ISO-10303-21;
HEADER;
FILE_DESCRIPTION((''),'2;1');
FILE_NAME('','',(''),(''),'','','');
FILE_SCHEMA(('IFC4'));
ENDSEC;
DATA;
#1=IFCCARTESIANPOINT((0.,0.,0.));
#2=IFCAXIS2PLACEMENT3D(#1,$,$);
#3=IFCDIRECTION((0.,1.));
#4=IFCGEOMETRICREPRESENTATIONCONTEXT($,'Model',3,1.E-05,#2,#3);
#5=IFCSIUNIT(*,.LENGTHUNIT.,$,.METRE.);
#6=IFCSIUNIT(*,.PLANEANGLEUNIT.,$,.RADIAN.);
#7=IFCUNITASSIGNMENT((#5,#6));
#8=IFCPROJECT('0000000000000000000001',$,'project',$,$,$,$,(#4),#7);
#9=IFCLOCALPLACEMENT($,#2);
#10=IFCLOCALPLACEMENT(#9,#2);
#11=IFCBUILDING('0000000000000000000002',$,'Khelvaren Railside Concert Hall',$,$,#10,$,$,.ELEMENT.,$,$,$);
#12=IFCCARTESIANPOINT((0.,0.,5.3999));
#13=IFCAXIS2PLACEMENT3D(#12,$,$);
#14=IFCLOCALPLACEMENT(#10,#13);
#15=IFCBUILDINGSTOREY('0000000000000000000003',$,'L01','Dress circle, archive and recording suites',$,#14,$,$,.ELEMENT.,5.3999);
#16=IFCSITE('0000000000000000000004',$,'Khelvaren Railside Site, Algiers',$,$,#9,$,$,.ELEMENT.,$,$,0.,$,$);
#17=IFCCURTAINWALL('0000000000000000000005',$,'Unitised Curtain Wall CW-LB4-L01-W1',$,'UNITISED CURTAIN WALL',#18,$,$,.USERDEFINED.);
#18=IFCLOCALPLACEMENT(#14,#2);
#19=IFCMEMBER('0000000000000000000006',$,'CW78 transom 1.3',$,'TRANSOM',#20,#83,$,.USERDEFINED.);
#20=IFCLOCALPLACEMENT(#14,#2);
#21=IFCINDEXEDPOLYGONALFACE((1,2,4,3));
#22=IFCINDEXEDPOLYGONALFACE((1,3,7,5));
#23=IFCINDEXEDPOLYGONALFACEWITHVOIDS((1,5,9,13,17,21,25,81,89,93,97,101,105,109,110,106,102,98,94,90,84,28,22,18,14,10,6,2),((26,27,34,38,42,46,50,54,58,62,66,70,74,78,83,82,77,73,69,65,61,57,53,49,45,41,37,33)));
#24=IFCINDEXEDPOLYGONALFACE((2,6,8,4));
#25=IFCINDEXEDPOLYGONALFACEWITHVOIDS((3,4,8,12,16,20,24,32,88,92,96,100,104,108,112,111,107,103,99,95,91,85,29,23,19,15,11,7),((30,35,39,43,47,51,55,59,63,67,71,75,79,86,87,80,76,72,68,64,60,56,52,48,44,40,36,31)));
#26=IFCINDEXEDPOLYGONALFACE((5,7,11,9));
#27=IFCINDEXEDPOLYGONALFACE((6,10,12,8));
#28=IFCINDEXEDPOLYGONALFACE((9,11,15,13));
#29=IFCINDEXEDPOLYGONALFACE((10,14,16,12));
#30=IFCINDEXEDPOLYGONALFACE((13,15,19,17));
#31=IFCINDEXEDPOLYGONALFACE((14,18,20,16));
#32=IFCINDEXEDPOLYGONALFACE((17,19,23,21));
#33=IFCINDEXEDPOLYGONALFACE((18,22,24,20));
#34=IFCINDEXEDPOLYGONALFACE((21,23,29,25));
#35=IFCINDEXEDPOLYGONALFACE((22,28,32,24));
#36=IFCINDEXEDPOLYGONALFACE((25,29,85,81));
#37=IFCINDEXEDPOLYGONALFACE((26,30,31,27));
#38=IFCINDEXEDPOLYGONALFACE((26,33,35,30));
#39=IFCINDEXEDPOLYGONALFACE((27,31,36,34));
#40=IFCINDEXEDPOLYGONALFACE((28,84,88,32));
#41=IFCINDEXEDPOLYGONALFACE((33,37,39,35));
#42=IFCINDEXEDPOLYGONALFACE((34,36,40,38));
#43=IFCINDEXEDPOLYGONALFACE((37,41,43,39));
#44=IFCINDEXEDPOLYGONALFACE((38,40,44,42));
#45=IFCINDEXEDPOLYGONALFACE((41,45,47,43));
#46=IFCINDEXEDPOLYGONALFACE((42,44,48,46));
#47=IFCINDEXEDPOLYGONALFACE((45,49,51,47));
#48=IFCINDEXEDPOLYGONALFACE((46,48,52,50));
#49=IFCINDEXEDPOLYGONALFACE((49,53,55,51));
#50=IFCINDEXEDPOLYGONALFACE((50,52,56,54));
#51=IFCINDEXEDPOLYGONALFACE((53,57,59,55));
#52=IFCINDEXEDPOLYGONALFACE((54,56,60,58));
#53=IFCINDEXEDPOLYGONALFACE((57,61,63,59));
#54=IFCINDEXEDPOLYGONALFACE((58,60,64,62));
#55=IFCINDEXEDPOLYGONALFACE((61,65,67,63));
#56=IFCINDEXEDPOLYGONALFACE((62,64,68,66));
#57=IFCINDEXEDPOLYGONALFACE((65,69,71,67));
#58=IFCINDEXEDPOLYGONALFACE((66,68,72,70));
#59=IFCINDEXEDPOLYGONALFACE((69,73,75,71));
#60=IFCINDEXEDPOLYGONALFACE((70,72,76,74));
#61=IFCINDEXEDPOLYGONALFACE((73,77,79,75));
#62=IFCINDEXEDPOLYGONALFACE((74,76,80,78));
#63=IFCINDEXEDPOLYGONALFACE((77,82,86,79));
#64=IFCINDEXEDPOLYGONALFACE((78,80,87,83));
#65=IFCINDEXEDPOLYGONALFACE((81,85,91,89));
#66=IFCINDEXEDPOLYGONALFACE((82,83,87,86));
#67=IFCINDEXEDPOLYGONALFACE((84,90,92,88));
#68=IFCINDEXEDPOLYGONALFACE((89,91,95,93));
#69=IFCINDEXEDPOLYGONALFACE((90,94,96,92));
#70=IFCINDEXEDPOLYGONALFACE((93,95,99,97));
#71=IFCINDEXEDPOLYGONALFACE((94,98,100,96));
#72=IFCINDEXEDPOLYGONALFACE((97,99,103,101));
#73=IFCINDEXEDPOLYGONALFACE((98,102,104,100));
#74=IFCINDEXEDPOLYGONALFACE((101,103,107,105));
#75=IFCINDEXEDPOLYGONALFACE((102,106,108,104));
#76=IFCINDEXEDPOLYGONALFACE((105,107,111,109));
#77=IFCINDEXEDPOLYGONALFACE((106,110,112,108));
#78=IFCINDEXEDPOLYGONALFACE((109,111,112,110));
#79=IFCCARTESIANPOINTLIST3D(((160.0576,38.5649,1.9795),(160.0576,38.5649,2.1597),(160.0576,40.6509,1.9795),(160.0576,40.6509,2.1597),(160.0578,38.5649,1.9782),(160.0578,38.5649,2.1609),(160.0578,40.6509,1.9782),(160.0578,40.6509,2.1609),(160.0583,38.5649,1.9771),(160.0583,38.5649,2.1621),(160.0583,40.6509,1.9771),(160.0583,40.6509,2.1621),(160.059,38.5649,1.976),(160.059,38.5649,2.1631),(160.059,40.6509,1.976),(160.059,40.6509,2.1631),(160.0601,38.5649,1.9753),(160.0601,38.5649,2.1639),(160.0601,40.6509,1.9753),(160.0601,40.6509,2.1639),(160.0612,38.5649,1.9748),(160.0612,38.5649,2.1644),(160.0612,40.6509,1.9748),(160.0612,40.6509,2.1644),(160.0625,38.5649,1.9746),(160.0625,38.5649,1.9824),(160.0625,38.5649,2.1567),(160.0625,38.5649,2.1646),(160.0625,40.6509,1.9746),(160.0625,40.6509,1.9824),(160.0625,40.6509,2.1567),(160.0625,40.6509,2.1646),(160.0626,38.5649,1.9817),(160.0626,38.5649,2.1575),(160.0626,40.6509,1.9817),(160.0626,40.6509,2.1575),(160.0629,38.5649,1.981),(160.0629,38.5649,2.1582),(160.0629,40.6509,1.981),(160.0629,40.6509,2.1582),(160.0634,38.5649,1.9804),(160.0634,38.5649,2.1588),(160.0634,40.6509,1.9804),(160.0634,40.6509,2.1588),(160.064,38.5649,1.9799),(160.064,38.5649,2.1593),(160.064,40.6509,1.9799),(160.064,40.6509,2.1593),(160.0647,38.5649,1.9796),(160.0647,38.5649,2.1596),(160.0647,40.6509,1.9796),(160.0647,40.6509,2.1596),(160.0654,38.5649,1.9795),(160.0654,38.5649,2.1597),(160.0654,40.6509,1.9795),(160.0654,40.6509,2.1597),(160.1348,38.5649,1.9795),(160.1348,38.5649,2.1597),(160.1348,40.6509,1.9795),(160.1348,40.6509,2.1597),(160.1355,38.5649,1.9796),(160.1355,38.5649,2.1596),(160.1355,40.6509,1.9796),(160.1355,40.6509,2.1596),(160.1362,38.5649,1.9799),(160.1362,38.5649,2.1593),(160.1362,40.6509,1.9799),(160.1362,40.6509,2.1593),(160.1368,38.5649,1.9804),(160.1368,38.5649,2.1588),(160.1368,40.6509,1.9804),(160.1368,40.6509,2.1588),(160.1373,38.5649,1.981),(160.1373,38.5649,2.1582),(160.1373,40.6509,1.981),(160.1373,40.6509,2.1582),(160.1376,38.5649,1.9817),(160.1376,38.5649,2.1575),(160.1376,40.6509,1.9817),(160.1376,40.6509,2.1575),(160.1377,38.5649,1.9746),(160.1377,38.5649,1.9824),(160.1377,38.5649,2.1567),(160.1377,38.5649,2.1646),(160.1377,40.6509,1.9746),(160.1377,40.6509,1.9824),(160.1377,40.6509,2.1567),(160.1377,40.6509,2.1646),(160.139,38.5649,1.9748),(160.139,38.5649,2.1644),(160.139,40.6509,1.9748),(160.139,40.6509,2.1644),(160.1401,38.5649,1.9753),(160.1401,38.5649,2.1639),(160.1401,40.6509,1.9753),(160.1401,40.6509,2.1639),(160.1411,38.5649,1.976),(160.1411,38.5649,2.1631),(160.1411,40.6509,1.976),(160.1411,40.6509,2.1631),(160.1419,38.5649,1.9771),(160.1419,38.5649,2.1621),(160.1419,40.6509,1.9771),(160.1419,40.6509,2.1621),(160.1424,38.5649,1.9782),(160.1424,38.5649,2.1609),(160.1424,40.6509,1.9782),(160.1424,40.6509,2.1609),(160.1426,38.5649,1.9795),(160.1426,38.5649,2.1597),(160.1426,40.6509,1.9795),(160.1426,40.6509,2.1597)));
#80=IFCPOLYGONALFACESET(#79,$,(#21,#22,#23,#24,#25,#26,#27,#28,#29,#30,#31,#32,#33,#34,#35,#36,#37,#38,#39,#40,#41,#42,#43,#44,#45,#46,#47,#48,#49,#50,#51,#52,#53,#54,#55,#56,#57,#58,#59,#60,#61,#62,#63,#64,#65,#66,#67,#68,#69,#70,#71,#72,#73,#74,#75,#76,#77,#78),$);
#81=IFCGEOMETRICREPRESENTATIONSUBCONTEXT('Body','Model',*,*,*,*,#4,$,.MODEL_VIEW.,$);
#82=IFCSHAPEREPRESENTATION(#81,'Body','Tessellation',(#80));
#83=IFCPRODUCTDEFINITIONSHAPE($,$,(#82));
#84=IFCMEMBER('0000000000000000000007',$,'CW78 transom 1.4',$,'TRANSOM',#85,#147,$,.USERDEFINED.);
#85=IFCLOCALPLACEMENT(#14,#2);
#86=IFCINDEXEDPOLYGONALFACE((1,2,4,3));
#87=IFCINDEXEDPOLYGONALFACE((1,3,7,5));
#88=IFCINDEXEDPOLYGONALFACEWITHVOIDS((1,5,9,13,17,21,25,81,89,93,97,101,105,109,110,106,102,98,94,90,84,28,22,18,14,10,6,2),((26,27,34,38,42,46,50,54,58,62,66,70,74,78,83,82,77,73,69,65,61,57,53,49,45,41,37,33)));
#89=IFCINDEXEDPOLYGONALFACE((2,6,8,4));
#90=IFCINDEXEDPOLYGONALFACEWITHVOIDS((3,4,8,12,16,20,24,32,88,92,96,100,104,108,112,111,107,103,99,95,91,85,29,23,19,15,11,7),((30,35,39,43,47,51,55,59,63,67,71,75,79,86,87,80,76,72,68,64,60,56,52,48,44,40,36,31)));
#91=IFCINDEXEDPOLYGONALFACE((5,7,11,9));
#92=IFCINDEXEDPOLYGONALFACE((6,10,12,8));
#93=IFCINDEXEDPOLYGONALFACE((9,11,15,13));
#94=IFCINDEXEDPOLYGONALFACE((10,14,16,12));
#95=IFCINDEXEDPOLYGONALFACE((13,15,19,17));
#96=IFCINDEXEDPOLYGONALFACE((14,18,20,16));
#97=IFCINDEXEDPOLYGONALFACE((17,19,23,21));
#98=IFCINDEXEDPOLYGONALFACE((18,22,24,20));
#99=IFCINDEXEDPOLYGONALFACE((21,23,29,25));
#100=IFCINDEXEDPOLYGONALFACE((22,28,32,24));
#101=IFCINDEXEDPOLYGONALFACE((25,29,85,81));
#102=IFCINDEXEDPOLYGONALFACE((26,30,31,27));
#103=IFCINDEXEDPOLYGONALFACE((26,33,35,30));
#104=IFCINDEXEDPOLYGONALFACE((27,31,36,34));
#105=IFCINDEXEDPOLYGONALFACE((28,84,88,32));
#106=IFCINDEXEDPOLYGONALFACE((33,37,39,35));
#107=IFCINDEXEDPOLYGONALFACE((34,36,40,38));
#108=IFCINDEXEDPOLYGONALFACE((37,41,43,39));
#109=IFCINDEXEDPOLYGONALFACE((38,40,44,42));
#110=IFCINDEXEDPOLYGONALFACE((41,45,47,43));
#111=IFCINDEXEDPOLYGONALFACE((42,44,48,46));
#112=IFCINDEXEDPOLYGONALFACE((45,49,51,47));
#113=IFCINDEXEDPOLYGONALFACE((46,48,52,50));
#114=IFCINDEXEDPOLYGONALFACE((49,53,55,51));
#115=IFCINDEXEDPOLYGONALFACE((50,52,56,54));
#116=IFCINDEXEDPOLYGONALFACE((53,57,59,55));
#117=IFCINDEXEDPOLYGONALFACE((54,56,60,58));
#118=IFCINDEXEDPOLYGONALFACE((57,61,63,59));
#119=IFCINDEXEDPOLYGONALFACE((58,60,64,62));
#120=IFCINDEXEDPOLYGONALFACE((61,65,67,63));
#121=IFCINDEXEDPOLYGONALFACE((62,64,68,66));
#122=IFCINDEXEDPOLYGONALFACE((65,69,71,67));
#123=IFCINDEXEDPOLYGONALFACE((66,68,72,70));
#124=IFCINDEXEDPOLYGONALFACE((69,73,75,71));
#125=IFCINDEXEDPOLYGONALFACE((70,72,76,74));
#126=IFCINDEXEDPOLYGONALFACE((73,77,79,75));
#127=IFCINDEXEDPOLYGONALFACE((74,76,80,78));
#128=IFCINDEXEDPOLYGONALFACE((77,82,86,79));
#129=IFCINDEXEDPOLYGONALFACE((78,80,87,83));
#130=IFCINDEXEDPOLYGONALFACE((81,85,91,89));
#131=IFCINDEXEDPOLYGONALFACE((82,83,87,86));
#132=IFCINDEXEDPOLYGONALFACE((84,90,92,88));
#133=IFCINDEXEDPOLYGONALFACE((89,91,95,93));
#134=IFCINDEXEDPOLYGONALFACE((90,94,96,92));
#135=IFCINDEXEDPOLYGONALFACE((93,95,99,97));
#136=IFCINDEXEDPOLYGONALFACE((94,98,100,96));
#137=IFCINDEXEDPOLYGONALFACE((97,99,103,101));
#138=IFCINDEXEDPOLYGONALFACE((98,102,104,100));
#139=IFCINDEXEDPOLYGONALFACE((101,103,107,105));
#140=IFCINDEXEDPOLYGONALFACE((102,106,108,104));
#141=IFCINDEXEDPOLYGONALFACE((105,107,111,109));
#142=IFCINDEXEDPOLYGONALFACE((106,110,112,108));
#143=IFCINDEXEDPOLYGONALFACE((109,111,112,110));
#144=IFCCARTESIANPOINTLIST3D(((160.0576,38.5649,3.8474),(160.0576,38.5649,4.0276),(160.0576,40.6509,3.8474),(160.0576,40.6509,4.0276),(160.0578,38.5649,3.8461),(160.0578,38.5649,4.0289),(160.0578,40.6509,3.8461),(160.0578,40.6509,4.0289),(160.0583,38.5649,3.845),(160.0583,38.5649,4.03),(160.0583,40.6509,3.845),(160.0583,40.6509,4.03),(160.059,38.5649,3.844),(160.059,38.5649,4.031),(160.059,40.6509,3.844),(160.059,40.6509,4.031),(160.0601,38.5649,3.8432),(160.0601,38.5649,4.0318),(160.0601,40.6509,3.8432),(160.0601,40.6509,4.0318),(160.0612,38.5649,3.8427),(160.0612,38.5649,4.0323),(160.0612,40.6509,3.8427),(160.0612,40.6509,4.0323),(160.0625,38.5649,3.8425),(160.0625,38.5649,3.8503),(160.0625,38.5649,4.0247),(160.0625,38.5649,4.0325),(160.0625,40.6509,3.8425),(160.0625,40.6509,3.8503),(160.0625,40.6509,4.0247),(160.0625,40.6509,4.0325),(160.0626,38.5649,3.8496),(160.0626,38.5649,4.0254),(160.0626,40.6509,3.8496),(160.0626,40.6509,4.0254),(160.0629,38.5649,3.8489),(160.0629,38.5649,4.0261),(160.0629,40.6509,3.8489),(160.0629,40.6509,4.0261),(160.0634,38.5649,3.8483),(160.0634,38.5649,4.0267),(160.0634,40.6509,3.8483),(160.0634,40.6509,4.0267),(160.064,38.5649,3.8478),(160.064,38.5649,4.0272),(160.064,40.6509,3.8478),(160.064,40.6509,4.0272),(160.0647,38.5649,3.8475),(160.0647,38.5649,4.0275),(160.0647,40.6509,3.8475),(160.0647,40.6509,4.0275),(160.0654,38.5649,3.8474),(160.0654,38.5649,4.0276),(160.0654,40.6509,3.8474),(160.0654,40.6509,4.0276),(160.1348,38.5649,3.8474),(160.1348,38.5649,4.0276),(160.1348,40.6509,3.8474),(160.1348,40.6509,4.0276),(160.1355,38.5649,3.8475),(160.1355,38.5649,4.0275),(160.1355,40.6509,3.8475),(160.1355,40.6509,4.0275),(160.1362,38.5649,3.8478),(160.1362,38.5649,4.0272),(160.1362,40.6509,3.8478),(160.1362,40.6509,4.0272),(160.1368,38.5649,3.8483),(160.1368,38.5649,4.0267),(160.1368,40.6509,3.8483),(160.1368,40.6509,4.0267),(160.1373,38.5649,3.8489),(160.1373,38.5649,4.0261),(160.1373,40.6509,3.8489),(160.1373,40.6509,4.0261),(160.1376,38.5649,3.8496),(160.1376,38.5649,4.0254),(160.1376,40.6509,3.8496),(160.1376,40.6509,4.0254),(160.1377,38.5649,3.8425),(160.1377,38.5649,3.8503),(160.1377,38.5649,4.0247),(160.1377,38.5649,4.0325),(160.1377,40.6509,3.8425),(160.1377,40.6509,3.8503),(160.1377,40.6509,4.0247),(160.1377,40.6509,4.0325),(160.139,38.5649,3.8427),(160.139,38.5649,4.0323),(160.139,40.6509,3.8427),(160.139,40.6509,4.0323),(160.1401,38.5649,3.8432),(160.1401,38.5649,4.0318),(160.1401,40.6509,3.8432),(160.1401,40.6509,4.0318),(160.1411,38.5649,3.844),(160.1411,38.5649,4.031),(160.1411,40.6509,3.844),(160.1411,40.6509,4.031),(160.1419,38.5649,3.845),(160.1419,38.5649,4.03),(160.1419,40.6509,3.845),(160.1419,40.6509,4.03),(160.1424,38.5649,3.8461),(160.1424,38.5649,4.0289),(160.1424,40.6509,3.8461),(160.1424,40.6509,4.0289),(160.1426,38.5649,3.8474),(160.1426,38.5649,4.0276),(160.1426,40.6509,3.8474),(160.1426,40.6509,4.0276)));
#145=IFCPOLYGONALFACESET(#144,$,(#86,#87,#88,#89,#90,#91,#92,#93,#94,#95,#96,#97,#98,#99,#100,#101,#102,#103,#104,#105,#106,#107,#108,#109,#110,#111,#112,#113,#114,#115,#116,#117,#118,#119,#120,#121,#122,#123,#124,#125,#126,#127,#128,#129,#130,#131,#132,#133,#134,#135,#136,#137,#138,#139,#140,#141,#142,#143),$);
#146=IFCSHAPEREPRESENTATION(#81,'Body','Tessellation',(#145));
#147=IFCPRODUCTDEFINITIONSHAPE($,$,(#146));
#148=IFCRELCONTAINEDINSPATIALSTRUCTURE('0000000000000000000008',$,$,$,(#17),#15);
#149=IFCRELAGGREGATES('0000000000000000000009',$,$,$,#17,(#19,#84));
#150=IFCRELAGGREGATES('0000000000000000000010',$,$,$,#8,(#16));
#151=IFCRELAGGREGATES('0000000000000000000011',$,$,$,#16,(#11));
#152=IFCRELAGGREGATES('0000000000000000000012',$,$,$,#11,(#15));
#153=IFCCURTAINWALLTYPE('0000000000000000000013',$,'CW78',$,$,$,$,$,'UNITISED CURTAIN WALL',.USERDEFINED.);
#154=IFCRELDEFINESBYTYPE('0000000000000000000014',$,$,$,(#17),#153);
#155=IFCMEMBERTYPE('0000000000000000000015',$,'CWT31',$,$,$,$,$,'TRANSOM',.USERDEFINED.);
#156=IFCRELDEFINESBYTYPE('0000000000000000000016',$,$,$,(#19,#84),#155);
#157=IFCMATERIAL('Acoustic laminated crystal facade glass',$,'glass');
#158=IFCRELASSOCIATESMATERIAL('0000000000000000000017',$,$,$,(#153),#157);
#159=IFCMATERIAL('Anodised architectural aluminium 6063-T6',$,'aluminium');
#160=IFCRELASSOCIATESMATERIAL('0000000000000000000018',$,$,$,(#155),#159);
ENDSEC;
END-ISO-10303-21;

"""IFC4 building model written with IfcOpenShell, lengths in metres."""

from ifc_helpers import new_model, si_unit, direction, frame, origin, origin_2d, place, context, subcontext, project, spatial, hollow_rectangle, extrude, material, material_profile, profile_set, type_object, element, aggregate, save


model = new_model("IFC4")

# Units and contexts
model_context = context("Model", 3, precision=1e-05, world=origin(), true_north=direction((0.0, 1.0)))
body_context = subcontext(model_context, "Body", "Model", "MODEL_VIEW")
ifc_project = project(units=[si_unit("LENGTHUNIT", "METRE"), si_unit("PLANEANGLEUNIT", "RADIAN")], contexts=[model_context])

# Site, building, storey
site_placement = place(None, origin())
site = spatial("IfcSite", under=ifc_project, at=site_placement, Name="Khelvaren Railside Site, Algiers", CompositionType="ELEMENT", RefElevation=0.0)
building_placement = place(site_placement, origin())
building = spatial("IfcBuilding", under=site, at=building_placement, Name="Khelvaren Railside Concert Hall", CompositionType="ELEMENT")
storey_placement = place(building_placement, frame((0.0, 0.0, 5.3999)))
storey = spatial("IfcBuildingStorey", under=building, at=storey_placement, Name="L01", Description="Dress circle, archive and recording suites", CompositionType="ELEMENT", Elevation=5.3999)

# Curtain wall, members
ifc_material_1 = material(Name="Acoustic laminated crystal facade glass", Category="glass")
curtain_wall_type = type_object("IfcCurtainWallType", Name="CW78", ElementType="UNITISED CURTAIN WALL", PredefinedType="USERDEFINED", material=ifc_material_1)
curtain_wall_placement = place(storey_placement, origin())
curtain_wall = element("IfcCurtainWall", 1, at=curtain_wall_placement, inside=storey, type_object=curtain_wall_type, Name="Unitised Curtain Wall CW-LB4-L01-W1", ObjectType="UNITISED CURTAIN WALL", PredefinedType="USERDEFINED")
ifc_material_2 = material(Name="Anodised architectural aluminium 6063-T6", Category="aluminium")
ifc_material_profile_1 = material_profile(ifc_material_2, hollow_rectangle(XDim=0.085, YDim=0.1899, WallThickness=0.0049, InnerFilletRadius=0.0029, OuterFilletRadius=0.0049, at=origin_2d()), Name="CWT 85x190x5")
ifc_profile_set_1 = profile_set([ifc_material_profile_1], Name="Anodised architectural aluminium 6063-T6")
member_type_1 = type_object("IfcMemberType", Name="CWT31", ElementType="TRANSOM", PredefinedType="USERDEFINED", material=ifc_profile_set_1)
member_1_placement = place(storey_placement, frame((160.1001, 38.5649, 2.0696), z_axis=(0.0, 1.0, 0.0), x_axis=(-1.0, 0.0, 0.0)))
member_1 = element("IfcMember", 2, at=member_1_placement, type_object=member_type_1, Name="CW78 transom 1.3", ObjectType="TRANSOM", PredefinedType="USERDEFINED", context=body_context, shape_type="SweptSolid", body=[
    extrude(hollow_rectangle(XDim=0.085, YDim=0.1899, WallThickness=0.0049, InnerFilletRadius=0.0029, OuterFilletRadius=0.0049, at=origin_2d()), origin(), (0.0, 0.0, 1.0), 2.0859),
])
member_2_placement = place(storey_placement, frame((160.1001, 38.5649, 3.9375), z_axis=(0.0, 1.0, 0.0), x_axis=(-1.0, 0.0, 0.0)))
member_2 = element("IfcMember", 3, at=member_2_placement, type_object=member_type_1, Name="CW78 transom 1.4", ObjectType="TRANSOM", PredefinedType="USERDEFINED", context=body_context, shape_type="SweptSolid", body=[
    extrude(hollow_rectangle(XDim=0.085, YDim=0.1899, WallThickness=0.0049, InnerFilletRadius=0.0029, OuterFilletRadius=0.0049, at=origin_2d()), origin(), (0.0, 0.0, 1.0), 2.0859),
])
aggregate(curtain_wall, [member_1, member_2])

save(model, "model.ifc")
